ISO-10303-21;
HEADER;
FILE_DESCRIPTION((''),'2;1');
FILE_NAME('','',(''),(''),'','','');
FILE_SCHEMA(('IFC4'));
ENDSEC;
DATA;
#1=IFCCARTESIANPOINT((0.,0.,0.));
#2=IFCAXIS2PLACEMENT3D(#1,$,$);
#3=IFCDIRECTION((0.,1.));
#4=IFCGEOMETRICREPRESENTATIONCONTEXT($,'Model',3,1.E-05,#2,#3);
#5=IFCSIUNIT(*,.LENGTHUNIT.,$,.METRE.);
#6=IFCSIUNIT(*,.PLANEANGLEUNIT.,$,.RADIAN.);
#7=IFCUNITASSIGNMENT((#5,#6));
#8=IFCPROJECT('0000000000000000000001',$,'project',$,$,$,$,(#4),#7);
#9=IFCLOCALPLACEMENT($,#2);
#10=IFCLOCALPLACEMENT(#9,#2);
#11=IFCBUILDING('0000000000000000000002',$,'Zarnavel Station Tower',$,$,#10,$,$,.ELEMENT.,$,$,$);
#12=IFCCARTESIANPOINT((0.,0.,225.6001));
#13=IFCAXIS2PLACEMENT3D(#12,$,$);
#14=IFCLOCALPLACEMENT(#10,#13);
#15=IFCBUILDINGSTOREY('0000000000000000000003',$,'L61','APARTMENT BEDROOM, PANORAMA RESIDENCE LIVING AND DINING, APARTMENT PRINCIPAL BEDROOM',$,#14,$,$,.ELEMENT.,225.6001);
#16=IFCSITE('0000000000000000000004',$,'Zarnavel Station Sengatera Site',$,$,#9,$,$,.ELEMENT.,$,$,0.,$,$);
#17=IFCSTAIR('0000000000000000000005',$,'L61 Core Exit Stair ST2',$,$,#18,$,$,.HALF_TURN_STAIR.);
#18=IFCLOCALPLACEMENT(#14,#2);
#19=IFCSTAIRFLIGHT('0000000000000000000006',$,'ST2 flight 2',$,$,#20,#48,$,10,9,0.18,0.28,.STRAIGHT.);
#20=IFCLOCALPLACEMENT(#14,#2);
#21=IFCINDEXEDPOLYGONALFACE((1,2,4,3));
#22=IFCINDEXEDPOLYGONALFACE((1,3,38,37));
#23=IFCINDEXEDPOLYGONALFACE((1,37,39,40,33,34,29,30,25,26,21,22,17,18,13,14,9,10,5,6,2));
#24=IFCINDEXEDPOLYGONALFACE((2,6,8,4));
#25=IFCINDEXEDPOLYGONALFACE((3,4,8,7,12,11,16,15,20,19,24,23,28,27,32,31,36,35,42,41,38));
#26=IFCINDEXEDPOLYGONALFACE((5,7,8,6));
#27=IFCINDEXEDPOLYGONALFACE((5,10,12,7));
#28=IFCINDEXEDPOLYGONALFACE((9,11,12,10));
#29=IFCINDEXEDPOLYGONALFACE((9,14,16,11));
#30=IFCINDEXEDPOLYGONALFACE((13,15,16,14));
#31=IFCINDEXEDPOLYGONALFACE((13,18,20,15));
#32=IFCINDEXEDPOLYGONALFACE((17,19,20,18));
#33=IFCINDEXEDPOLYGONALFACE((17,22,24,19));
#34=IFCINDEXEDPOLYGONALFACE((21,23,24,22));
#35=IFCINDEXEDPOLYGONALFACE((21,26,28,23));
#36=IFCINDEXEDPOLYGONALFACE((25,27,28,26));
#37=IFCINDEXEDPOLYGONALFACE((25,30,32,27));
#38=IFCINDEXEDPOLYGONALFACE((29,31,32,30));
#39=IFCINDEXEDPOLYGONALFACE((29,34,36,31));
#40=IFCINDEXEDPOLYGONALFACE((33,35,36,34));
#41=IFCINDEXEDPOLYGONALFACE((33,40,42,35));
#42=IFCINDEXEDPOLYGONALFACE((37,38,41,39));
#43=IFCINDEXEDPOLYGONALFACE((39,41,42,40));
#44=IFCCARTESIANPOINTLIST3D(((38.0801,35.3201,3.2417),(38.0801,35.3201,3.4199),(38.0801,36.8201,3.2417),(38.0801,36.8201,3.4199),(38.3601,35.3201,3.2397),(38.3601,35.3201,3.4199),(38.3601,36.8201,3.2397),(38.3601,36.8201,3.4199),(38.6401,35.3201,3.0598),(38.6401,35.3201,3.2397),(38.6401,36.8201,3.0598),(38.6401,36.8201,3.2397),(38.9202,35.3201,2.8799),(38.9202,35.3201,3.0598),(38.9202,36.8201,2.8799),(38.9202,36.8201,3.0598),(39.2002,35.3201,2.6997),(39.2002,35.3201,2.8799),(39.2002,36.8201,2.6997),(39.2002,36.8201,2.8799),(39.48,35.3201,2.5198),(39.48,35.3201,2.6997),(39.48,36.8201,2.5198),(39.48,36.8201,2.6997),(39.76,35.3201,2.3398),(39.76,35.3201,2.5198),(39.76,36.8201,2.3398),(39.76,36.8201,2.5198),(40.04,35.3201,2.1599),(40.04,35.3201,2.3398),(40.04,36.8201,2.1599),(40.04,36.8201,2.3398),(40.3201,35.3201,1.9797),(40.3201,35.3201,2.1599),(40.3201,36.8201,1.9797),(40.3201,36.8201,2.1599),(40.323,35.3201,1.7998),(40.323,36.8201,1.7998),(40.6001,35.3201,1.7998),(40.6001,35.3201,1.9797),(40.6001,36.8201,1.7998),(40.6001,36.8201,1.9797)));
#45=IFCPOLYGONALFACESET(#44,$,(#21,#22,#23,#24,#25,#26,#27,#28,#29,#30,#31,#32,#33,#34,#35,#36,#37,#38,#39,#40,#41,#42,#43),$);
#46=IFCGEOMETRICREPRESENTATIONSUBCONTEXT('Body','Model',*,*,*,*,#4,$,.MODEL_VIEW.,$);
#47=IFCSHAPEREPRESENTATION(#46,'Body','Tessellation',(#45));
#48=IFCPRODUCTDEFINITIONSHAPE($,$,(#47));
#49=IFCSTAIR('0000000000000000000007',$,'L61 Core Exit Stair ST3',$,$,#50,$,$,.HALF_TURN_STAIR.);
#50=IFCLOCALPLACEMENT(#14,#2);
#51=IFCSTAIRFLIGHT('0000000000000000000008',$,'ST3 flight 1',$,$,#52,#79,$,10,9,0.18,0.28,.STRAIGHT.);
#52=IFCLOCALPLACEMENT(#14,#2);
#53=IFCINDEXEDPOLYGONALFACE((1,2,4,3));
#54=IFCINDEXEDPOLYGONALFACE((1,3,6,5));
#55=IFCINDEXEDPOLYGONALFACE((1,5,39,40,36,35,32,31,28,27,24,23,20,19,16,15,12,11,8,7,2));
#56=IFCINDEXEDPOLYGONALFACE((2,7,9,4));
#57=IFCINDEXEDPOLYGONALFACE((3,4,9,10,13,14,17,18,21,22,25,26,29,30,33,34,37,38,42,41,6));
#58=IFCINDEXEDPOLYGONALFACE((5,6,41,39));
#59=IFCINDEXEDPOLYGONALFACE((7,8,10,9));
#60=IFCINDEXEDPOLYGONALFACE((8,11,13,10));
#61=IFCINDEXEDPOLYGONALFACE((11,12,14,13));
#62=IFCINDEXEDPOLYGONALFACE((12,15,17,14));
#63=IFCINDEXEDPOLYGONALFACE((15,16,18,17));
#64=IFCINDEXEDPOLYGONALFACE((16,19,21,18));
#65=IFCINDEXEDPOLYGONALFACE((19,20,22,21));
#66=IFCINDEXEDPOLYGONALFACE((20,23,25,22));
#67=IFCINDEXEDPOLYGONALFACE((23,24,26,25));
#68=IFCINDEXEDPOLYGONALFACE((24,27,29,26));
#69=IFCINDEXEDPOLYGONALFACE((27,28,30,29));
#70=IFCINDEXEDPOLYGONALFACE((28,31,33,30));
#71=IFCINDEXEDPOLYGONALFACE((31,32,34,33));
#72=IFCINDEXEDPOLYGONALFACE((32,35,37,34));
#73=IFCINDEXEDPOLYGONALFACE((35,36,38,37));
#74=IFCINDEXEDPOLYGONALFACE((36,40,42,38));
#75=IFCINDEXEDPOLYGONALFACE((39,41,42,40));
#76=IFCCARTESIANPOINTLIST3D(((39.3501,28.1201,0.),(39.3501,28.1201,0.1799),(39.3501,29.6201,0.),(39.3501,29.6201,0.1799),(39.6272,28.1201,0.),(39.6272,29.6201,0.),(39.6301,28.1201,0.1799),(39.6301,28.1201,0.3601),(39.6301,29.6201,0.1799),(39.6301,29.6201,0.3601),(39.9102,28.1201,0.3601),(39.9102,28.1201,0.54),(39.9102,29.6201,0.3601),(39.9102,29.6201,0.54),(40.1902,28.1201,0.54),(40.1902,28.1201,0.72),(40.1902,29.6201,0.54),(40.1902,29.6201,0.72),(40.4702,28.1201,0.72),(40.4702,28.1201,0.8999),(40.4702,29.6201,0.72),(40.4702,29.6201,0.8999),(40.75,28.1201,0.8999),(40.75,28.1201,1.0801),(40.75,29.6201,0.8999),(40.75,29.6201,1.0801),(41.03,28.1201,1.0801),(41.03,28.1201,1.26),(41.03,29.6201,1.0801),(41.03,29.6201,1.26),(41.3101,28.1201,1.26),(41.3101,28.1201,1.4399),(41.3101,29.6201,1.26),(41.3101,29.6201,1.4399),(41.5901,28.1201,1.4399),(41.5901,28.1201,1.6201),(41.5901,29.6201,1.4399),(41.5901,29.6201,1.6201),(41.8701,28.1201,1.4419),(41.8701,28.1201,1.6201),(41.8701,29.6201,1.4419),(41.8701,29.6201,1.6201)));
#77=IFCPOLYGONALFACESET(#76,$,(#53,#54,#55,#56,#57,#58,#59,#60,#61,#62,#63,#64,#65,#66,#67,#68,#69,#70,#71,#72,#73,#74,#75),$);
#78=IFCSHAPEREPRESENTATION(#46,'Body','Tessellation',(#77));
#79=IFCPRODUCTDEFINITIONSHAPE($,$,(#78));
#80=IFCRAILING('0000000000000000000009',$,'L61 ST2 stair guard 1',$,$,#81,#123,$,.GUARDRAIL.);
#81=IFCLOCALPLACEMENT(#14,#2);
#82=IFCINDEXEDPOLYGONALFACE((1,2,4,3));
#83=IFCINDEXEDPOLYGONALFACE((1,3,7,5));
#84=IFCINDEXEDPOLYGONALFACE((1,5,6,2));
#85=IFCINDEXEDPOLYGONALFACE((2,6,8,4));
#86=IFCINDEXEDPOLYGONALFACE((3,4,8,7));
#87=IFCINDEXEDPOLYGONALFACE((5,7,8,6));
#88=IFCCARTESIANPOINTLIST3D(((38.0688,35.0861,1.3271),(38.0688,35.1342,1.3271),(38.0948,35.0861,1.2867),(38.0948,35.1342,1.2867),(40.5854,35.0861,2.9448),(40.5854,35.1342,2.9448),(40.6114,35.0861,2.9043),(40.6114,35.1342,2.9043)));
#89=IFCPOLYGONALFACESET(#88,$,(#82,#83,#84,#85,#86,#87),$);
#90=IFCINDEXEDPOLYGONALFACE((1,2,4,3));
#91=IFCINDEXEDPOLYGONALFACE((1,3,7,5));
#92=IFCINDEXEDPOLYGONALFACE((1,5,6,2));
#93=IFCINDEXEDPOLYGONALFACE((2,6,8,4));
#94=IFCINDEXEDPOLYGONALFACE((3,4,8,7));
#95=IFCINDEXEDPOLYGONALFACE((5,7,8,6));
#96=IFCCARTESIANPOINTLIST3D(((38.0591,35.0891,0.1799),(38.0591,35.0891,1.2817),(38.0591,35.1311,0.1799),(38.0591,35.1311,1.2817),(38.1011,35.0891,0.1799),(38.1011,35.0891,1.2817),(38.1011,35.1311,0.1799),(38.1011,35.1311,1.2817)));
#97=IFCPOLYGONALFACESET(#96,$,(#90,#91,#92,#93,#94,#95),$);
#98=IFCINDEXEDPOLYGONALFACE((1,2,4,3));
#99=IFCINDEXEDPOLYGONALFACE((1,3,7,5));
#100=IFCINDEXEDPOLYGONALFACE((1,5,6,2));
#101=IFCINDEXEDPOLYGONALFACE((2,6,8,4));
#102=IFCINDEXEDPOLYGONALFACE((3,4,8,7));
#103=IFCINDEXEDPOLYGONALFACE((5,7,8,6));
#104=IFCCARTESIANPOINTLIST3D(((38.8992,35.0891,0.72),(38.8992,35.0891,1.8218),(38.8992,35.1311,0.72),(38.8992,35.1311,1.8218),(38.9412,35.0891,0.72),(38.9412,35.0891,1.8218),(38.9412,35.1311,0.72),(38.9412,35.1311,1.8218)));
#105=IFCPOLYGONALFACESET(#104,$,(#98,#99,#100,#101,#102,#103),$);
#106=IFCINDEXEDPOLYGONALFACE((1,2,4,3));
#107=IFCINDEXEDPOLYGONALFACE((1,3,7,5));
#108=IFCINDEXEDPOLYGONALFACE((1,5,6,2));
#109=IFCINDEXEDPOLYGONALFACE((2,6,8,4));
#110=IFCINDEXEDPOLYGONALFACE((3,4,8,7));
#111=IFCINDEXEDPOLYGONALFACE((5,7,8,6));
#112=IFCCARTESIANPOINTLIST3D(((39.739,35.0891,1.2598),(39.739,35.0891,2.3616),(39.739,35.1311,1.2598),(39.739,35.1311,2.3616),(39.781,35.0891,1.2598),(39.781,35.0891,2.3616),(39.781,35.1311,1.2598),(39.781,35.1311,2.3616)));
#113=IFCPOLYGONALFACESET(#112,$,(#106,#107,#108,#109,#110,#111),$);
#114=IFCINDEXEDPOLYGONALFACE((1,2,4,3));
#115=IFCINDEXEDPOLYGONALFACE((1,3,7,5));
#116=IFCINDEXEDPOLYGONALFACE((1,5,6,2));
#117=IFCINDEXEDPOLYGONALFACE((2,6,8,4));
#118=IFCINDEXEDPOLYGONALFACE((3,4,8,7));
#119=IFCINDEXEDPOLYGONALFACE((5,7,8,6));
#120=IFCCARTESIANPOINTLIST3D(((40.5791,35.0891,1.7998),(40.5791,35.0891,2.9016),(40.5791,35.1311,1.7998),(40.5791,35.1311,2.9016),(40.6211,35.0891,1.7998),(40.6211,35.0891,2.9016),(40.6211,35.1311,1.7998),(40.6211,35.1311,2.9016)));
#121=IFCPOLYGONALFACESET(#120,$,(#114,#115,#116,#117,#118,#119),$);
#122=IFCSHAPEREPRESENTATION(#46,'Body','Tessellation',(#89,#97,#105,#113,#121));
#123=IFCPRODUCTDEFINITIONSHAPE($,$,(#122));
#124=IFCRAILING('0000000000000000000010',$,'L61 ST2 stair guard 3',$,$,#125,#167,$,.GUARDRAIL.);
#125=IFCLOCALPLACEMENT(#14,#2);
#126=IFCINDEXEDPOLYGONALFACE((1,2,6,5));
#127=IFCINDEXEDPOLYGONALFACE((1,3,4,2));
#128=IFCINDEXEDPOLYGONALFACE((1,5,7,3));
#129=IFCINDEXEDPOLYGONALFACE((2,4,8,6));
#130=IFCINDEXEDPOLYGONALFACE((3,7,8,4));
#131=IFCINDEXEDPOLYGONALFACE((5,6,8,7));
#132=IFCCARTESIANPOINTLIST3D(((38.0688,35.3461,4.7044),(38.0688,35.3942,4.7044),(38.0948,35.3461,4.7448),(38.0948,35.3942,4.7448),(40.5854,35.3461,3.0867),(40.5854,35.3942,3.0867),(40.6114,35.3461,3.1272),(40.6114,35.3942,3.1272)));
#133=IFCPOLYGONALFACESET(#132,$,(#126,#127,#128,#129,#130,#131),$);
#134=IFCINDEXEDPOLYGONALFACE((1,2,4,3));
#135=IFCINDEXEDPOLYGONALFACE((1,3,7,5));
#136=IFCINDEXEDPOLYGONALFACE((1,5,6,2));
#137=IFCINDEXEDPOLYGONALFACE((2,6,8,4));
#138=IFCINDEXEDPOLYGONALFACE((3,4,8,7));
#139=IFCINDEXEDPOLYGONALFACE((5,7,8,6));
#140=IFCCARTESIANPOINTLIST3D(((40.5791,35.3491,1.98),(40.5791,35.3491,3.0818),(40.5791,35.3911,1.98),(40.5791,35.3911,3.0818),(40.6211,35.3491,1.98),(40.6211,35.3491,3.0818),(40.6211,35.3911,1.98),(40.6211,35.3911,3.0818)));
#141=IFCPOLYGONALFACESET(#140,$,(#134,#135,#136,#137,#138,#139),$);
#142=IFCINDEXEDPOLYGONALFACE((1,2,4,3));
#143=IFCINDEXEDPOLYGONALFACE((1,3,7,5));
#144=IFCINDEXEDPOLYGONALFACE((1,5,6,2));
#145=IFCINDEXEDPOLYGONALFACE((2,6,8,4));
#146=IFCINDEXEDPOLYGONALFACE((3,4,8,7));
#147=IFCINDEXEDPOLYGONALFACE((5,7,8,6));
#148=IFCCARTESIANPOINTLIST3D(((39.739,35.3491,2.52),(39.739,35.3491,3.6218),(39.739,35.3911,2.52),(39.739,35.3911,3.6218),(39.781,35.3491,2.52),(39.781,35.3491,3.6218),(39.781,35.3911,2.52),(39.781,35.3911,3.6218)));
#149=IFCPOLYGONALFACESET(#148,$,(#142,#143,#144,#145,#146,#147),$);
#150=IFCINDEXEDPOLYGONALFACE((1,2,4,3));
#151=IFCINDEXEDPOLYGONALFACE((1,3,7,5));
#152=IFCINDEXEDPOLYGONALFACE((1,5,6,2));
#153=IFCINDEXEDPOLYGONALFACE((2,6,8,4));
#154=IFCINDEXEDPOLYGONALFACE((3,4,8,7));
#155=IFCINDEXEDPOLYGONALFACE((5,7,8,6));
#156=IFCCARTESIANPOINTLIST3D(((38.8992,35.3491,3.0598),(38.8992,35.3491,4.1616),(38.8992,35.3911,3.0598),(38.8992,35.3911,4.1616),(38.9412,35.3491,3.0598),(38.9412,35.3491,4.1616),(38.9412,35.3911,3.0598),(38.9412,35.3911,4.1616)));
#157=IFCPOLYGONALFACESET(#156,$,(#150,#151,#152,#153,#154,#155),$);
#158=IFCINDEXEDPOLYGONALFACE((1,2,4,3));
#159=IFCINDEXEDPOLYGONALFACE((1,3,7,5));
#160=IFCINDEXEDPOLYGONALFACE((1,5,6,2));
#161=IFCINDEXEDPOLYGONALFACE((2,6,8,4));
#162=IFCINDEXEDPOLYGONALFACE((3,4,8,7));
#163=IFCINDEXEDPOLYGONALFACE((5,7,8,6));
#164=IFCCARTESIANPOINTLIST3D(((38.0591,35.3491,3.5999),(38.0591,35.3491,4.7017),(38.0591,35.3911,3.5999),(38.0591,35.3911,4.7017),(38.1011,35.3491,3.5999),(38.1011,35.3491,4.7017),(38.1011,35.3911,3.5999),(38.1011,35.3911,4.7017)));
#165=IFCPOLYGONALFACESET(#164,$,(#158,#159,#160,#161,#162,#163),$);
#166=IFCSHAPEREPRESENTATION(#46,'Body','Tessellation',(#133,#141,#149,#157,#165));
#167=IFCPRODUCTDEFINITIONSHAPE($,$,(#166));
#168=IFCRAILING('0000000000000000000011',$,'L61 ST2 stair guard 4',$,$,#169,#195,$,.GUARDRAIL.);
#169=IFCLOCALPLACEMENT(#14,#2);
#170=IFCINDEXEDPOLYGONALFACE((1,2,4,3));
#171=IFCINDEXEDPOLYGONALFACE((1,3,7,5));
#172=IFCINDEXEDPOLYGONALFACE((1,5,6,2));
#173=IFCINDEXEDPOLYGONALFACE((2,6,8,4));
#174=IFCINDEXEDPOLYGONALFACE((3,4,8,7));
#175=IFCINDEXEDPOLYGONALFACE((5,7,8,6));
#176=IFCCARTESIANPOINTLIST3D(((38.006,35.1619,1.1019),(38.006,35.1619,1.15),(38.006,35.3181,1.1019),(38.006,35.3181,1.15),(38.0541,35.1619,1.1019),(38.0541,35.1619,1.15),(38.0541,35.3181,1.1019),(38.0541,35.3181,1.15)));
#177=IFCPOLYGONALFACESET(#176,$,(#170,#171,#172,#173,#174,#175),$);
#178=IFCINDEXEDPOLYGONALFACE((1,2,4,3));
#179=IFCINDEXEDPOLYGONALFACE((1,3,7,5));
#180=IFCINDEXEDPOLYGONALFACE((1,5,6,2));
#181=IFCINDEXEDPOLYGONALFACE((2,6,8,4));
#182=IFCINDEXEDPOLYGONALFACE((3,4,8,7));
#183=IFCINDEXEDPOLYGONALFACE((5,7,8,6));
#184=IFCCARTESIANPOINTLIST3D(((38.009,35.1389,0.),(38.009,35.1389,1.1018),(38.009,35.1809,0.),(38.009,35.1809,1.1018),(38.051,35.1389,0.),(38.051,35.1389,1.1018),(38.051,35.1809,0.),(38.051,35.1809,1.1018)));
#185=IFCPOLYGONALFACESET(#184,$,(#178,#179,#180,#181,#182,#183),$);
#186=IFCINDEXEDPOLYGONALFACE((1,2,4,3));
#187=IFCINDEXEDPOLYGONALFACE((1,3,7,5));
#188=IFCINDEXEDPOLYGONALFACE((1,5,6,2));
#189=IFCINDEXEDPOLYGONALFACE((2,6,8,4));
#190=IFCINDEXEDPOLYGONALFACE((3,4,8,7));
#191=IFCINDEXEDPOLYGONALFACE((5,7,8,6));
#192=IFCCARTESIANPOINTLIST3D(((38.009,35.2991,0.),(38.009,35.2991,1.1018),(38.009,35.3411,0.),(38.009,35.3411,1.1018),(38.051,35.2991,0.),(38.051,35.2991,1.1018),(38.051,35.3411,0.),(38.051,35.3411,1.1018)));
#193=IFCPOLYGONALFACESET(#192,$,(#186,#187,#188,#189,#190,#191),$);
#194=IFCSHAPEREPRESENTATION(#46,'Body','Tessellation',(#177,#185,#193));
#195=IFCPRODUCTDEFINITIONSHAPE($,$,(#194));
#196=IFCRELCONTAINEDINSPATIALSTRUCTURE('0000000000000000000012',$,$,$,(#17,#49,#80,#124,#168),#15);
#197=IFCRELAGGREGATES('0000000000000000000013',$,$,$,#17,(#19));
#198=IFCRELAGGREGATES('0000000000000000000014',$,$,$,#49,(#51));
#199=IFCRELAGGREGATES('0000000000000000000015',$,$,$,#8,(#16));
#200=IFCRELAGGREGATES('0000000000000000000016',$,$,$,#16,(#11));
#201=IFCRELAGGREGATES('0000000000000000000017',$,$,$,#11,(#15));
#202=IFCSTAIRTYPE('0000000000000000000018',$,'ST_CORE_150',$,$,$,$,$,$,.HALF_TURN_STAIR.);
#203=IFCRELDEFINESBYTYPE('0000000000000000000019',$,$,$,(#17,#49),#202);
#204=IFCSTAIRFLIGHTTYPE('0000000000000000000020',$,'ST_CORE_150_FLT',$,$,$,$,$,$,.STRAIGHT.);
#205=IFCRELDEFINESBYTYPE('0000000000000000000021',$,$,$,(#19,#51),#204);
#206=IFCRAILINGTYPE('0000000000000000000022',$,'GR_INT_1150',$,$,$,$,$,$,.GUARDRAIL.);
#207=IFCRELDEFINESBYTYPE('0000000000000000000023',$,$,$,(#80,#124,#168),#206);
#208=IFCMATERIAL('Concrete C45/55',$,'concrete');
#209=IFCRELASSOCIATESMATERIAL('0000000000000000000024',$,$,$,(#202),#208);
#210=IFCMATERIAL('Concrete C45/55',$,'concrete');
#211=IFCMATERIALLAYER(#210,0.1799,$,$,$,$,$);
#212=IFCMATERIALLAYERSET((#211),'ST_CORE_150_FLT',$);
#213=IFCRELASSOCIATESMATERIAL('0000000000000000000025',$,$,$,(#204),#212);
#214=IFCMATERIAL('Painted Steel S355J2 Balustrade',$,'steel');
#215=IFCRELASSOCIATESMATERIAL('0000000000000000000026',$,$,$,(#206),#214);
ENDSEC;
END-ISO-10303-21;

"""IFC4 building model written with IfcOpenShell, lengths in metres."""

from ifc_helpers import new_model, si_unit, direction, frame, origin, origin_2d, place, context, subcontext, project, spatial, polyline, rectangle, outline, extrude, material, layer, layer_set, type_object, element, aggregate, save


model = new_model("IFC4")

# Units and contexts
model_context = context("Model", 3, precision=1e-05, world=origin(), true_north=direction((0.0, 1.0)))
body_context = subcontext(model_context, "Body", "Model", "MODEL_VIEW")
ifc_project = project(units=[si_unit("LENGTHUNIT", "METRE"), si_unit("PLANEANGLEUNIT", "RADIAN")], contexts=[model_context])

# Site, building, storey
site_placement = place(None, origin())
site = spatial("IfcSite", under=ifc_project, at=site_placement, Name="Zarnavel Station Sengatera Site", CompositionType="ELEMENT", RefElevation=0.0)
building_placement = place(site_placement, origin())
building = spatial("IfcBuilding", under=site, at=building_placement, Name="Zarnavel Station Tower", CompositionType="ELEMENT")
storey_placement = place(building_placement, frame((0.0, 0.0, 225.6001)))
storey = spatial("IfcBuildingStorey", under=building, at=storey_placement, Name="L61", Description="APARTMENT BEDROOM, PANORAMA RESIDENCE LIVING AND DINING, APARTMENT PRINCIPAL BEDROOM", CompositionType="ELEMENT", Elevation=225.6001)

# Stair, stair flight
ifc_material_1 = material(Name="Concrete C45/55", Category="concrete")
stair_type = type_object("IfcStairType", Name="ST_CORE_150", PredefinedType="HALF_TURN_STAIR", material=ifc_material_1)
stair_1_placement = place(storey_placement, origin())
stair_1 = element("IfcStair", 1, at=stair_1_placement, inside=storey, type_object=stair_type, Name="L61 Core Exit Stair ST2", PredefinedType="HALF_TURN_STAIR")
ifc_material_2 = material(Name="Concrete C45/55", Category="concrete")
ifc_layer_1 = layer(ifc_material_2, 0.1799)
ifc_layer_set_1 = layer_set([ifc_layer_1], Name="ST_CORE_150_FLT")
stair_flight_type = type_object("IfcStairFlightType", Name="ST_CORE_150_FLT", PredefinedType="STRAIGHT", material=ifc_layer_set_1)
stair_flight_1_placement = place(storey_placement, frame((40.6001, 36.0701, 1.7998), z_axis=(0.0, 0.0, 1.0), x_axis=(-1.0, 0.0, 0.0)))
stair_flight_1 = element("IfcStairFlight", 2, at=stair_flight_1_placement, type_object=stair_flight_type, Name="ST2 flight 2", NumberOfRisers=10, NumberOfTreads=9, PredefinedType="STRAIGHT", RiserHeight=0.18, TreadLength=0.28, context=body_context, shape_type="SweptSolid", body=[
    extrude(outline(polyline([(0.0, 0.0), (0.0, 0.1799), (0.28, 0.1799), (0.28, 0.3601), (0.5601, 0.3601), (0.5601, 0.54), (0.8401, 0.54), (0.8401, 0.72), (1.1201, 0.72), (1.1201, 0.8999), (1.3999, 0.8999), (1.3999, 1.0801), (1.6799, 1.0801), (1.6799, 1.26), (1.96, 1.26), (1.96, 1.4399), (2.24, 1.4399), (2.24, 1.6201), (2.52, 1.6201), (2.52, 1.8), (2.52, 1.4419), (0.2771, 0.0), (0.0, 0.0)])), frame((0.0, 0.75, 0.0), z_axis=(0.0, -1.0, 0.0), x_axis=(1.0, 0.0, 0.0)), (0.0, 0.0, 1.0), 1.5),
])
aggregate(stair_1, [stair_flight_1])

# Stair, stair flight
stair_2_placement = place(storey_placement, origin())
stair_2 = element("IfcStair", 3, at=stair_2_placement, inside=storey, type_object=stair_type, Name="L61 Core Exit Stair ST3", PredefinedType="HALF_TURN_STAIR")
stair_flight_2_placement = place(storey_placement, frame((39.3501, 28.8701, 0.0), z_axis=(0.0, 0.0, 1.0), x_axis=(1.0, 0.0, 0.0)))
stair_flight_2 = element("IfcStairFlight", 4, at=stair_flight_2_placement, type_object=stair_flight_type, Name="ST3 flight 1", NumberOfRisers=10, NumberOfTreads=9, PredefinedType="STRAIGHT", RiserHeight=0.18, TreadLength=0.28, context=body_context, shape_type="SweptSolid", body=[
    extrude(outline(polyline([(0.0, 0.0), (0.0, 0.1799), (0.28, 0.1799), (0.28, 0.3601), (0.5601, 0.3601), (0.5601, 0.54), (0.8401, 0.54), (0.8401, 0.72), (1.1201, 0.72), (1.1201, 0.8999), (1.3999, 0.8999), (1.3999, 1.0801), (1.6799, 1.0801), (1.6799, 1.26), (1.96, 1.26), (1.96, 1.4399), (2.24, 1.4399), (2.24, 1.6201), (2.52, 1.6201), (2.52, 1.8), (2.52, 1.4419), (0.2771, 0.0), (0.0, 0.0)])), frame((0.0, 0.75, 0.0), z_axis=(0.0, -1.0, 0.0), x_axis=(1.0, 0.0, 0.0)), (0.0, 0.0, 1.0), 1.5),
])
aggregate(stair_2, [stair_flight_2])

# Railings
ifc_material_3 = material(Name="Painted Steel S355J2 Balustrade", Category="steel")
railing_type_1 = type_object("IfcRailingType", Name="GR_INT_1150", PredefinedType="GUARDRAIL", material=ifc_material_3)
railing_1_placement = place(storey_placement, frame((38.0801, 35.1101, 0.1799)))
element("IfcRailing", 5, at=railing_1_placement, inside=storey, type_object=railing_type_1, Name="L61 ST2 stair guard 1", PredefinedType="GUARDRAIL", context=body_context, shape_type="SweptSolid", body=[
    extrude(rectangle(XDim=0.0481, YDim=0.0481, at=origin_2d()), frame((0.0017, 0.0, 1.127), z_axis=(0.8412, 0.0, 0.540725), x_axis=(0.0, 1.0, 0.0)), (0.0, 0.0, 1.0), 2.9917),
    extrude(rectangle(XDim=0.042, YDim=0.042, at=origin_2d()), origin(), (0.0, 0.0, 1.0), 1.1018),
    extrude(rectangle(XDim=0.042, YDim=0.042, at=origin_2d()), frame((0.8401, 0.0, 0.54)), (0.0, 0.0, 1.0), 1.1018),
    extrude(rectangle(XDim=0.042, YDim=0.042, at=origin_2d()), frame((1.6799, 0.0, 1.0798)), (0.0, 0.0, 1.0), 1.1018),
    extrude(rectangle(XDim=0.042, YDim=0.042, at=origin_2d()), frame((2.52, 0.0, 1.6199)), (0.0, 0.0, 1.0), 1.1018),
])
railing_2_placement = place(storey_placement, frame((40.6001, 35.3701, 1.98)))
element("IfcRailing", 6, at=railing_2_placement, inside=storey, type_object=railing_type_1, Name="L61 ST2 stair guard 3", PredefinedType="GUARDRAIL", context=body_context, shape_type="SweptSolid", body=[
    extrude(rectangle(XDim=0.0481, YDim=0.0481, at=origin_2d()), frame((-0.0017, 0.0, 1.127), z_axis=(-0.8412, 0.0, 0.540725), x_axis=(0.0, -1.0, 0.0)), (0.0, 0.0, 1.0), 2.9917),
    extrude(rectangle(XDim=0.042, YDim=0.042, at=origin_2d()), origin(), (0.0, 0.0, 1.0), 1.1018),
    extrude(rectangle(XDim=0.042, YDim=0.042, at=origin_2d()), frame((-0.8401, 0.0, 0.54)), (0.0, 0.0, 1.0), 1.1018),
    extrude(rectangle(XDim=0.042, YDim=0.042, at=origin_2d()), frame((-1.6799, 0.0, 1.0798)), (0.0, 0.0, 1.0), 1.1018),
    extrude(rectangle(XDim=0.042, YDim=0.042, at=origin_2d()), frame((-2.52, 0.0, 1.6199)), (0.0, 0.0, 1.0), 1.1018),
])
railing_3_placement = place(storey_placement, frame((38.03, 35.1599, 0.0)))
element("IfcRailing", 7, at=railing_3_placement, inside=storey, type_object=railing_type_1, Name="L61 ST2 stair guard 4", PredefinedType="GUARDRAIL", context=body_context, shape_type="SweptSolid", body=[
    extrude(rectangle(XDim=0.0481, YDim=0.0481, at=origin_2d()), frame((0.0, 0.002, 1.126), z_axis=(0.0, 1.0, 0.0), x_axis=(-1.0, 0.0, 0.0)), (0.0, 0.0, 1.0), 0.1562),
    extrude(rectangle(XDim=0.042, YDim=0.042, at=origin_2d()), origin(), (0.0, 0.0, 1.0), 1.1018),
    extrude(rectangle(XDim=0.042, YDim=0.042, at=origin_2d()), frame((0.0, 0.1602, 0.0)), (0.0, 0.0, 1.0), 1.1018),
])

save(model, "model.ifc")
